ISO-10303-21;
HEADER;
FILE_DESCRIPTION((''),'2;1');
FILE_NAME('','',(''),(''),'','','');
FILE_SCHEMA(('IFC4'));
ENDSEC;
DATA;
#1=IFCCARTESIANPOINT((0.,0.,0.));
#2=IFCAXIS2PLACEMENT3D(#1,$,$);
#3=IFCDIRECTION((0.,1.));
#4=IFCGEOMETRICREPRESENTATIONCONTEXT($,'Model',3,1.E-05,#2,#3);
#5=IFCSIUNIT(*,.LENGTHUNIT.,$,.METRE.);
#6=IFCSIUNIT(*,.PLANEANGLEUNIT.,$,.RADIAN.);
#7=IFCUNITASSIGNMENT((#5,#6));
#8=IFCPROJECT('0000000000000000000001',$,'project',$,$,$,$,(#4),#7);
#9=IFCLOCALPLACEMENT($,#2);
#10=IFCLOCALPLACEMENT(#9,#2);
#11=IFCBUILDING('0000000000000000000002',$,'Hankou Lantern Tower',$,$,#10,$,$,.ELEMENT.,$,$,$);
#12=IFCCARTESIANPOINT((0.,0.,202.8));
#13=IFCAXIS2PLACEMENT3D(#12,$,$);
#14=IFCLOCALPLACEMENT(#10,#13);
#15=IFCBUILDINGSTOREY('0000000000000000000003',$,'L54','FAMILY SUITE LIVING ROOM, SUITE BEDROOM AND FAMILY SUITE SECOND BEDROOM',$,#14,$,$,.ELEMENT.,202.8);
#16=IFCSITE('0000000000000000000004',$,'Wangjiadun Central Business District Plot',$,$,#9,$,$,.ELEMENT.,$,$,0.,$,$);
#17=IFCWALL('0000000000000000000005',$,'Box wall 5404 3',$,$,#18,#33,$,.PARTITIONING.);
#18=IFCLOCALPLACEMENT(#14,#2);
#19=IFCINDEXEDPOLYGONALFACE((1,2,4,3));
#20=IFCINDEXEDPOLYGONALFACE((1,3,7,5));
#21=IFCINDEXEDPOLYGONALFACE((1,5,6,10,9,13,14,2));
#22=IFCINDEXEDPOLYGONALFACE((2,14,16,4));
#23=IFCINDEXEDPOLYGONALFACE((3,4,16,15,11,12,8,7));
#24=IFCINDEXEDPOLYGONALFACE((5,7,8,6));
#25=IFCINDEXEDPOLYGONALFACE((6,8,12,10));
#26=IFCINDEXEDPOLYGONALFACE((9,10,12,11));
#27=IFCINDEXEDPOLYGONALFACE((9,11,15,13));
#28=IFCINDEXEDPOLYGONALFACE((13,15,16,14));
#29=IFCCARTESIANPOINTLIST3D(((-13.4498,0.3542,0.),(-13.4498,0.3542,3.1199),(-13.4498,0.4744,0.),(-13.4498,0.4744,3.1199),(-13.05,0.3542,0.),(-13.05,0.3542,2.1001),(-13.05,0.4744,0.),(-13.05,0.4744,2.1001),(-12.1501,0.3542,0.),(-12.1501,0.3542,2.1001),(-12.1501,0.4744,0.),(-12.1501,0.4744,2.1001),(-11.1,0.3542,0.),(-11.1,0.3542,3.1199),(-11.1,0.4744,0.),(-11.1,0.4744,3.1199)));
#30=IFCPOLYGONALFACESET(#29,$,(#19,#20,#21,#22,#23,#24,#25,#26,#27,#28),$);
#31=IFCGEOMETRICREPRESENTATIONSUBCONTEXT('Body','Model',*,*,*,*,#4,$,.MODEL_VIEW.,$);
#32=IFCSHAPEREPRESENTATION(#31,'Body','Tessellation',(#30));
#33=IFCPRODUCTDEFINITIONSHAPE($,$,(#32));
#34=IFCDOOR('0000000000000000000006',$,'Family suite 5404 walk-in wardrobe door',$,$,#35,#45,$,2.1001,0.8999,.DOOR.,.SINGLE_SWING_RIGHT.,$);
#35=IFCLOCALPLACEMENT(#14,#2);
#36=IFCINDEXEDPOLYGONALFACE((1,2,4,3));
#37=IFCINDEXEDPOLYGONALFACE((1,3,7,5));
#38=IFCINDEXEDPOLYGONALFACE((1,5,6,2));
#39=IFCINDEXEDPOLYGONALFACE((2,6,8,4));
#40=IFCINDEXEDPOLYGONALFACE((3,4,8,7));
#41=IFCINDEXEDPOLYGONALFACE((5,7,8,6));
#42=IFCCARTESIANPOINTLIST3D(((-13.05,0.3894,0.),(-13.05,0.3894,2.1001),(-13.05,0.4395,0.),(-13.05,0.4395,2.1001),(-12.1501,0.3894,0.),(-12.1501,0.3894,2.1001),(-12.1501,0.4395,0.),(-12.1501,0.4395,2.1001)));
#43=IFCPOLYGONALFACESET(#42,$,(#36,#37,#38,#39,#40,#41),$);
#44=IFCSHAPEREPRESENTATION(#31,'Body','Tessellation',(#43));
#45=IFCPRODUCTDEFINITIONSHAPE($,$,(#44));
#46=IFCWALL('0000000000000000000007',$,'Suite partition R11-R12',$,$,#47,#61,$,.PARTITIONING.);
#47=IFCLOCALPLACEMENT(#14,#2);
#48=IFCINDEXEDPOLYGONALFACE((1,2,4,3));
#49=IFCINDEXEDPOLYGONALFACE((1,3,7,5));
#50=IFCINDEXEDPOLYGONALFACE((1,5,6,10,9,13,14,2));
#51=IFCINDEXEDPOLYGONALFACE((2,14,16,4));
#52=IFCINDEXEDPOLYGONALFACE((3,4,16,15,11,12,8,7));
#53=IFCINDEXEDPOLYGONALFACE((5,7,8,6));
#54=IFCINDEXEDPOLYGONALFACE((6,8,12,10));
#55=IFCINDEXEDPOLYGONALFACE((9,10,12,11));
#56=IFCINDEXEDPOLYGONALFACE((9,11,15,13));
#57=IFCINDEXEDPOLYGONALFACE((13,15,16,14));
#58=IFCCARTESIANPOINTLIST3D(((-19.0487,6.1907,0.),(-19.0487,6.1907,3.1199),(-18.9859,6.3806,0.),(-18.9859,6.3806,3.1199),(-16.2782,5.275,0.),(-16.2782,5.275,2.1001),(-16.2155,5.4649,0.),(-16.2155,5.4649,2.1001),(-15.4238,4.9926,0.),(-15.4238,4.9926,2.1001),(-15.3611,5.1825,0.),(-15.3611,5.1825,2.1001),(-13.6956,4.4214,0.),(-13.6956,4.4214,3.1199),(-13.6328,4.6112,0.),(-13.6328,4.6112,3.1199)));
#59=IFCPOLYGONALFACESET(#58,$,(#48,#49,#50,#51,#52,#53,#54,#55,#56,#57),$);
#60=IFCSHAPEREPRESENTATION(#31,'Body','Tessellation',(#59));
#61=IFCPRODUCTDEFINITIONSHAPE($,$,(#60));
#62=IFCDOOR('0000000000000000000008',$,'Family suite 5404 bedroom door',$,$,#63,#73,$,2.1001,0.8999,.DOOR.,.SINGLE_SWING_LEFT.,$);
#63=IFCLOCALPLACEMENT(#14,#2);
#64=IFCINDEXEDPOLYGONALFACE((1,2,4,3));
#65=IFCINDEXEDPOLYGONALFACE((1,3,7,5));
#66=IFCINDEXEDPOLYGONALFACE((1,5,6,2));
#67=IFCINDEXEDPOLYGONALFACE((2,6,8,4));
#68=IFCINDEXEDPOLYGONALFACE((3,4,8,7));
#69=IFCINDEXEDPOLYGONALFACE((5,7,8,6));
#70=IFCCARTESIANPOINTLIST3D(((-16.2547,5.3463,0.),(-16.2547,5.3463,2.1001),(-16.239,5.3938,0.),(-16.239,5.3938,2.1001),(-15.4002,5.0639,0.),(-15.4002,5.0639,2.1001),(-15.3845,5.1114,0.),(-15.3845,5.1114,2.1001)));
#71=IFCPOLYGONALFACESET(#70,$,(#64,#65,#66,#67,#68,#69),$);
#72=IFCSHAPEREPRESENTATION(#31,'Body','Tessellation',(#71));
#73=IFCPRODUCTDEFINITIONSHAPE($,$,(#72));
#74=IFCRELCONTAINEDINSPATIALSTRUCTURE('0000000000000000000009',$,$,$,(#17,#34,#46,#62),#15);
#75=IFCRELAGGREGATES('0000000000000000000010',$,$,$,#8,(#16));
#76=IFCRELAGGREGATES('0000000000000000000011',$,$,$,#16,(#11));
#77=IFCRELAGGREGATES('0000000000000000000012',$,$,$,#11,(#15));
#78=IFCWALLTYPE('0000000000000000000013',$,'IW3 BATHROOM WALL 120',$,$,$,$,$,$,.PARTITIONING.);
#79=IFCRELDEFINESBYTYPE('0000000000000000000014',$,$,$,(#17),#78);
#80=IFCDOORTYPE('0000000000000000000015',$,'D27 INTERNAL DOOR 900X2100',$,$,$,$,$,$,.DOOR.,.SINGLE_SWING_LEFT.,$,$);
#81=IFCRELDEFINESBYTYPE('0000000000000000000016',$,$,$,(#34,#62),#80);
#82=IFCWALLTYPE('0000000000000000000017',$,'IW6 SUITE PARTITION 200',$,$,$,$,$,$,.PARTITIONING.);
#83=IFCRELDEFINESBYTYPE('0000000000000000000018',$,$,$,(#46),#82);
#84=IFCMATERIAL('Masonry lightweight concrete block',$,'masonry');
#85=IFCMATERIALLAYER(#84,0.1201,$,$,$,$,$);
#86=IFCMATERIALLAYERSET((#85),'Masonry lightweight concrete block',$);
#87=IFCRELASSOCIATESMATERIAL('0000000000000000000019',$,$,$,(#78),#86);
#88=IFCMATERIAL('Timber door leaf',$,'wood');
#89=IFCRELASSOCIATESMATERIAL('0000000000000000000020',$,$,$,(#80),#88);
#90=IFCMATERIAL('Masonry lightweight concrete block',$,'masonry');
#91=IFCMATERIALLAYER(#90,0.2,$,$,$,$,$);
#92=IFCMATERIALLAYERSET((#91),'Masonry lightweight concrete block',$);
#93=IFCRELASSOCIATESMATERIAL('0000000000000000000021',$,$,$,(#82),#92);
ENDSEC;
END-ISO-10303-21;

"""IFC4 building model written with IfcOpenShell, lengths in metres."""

from ifc_helpers import new_model, si_unit, direction, frame, frame_2d, origin, place, context, subcontext, project, spatial, rectangle, extrude, material, layer, layer_set, type_object, element, fill, save


model = new_model("IFC4")

# Units and contexts
model_context = context("Model", 3, precision=1e-05, world=origin(), true_north=direction((0.0, 1.0)))
body_context = subcontext(model_context, "Body", "Model", "MODEL_VIEW")
ifc_project = project(units=[si_unit("LENGTHUNIT", "METRE"), si_unit("PLANEANGLEUNIT", "RADIAN")], contexts=[model_context])

# Site, building, storey
site_placement = place(None, origin())
site = spatial("IfcSite", under=ifc_project, at=site_placement, Name="Wangjiadun Central Business District Plot", CompositionType="ELEMENT", RefElevation=0.0)
building_placement = place(site_placement, origin())
building = spatial("IfcBuilding", under=site, at=building_placement, Name="Hankou Lantern Tower", CompositionType="ELEMENT")
storey_placement = place(building_placement, frame((0.0, 0.0, 202.8)))
storey = spatial("IfcBuildingStorey", under=building, at=storey_placement, Name="L54", Description="FAMILY SUITE LIVING ROOM, SUITE BEDROOM AND FAMILY SUITE SECOND BEDROOM", CompositionType="ELEMENT", Elevation=202.8)

# Shared definitions
ifc_material_1 = material(Name="Masonry lightweight concrete block", Category="masonry")
ifc_layer_1 = layer(ifc_material_1, 0.1201)
ifc_layer_set_1 = layer_set([ifc_layer_1], Name="Masonry lightweight concrete block")
wall_type_1 = type_object("IfcWallType", Name="IW3 BATHROOM WALL 120", PredefinedType="PARTITIONING", material=ifc_layer_set_1)

# Walls, openings, doors
wall_1_placement = place(storey_placement, frame((-11.1001, 0.4143, 0.0), z_axis=(0.0, 0.0, 1.0), x_axis=(-1.0, 0.0, 0.0)))
wall_1 = element("IfcWall", 1, at=wall_1_placement, inside=storey, type_object=wall_type_1, Name="Box wall 5404 3", PredefinedType="PARTITIONING", context=body_context, shape_type="SweptSolid", body=[
    extrude(rectangle(XDim=2.3499, YDim=0.1201, at=frame_2d((1.1748, 0.0))), origin(), (0.0, 0.0, 1.0), 3.1199),
])
opening_1_placement = place(wall_1_placement, frame((1.05, 0.0, 0.0)))
opening_1 = element("IfcOpeningElement", 2, at=opening_1_placement, cuts=wall_1, PredefinedType="OPENING", context=body_context, shape_type="SweptSolid", body=[
    extrude(rectangle(XDim=0.8999, YDim=2.1001, at=frame_2d((0.45, 1.05))), frame((0.0, 0.0701, 0.0), z_axis=(0.0, -1.0, 0.0), x_axis=(1.0, 0.0, 0.0)), (0.0, 0.0, 1.0), 0.1401),
])
ifc_material_2 = material(Name="Timber door leaf", Category="wood")
door_type_1 = type_object("IfcDoorType", Name="D27 INTERNAL DOOR 900X2100", OperationType="SINGLE_SWING_LEFT", PredefinedType="DOOR", material=ifc_material_2)
door_1_placement = place(opening_1_placement, origin())
door_1 = element("IfcDoor", 3, at=door_1_placement, inside=storey, type_object=door_type_1, Name="Family suite 5404 walk-in wardrobe door", OperationType="SINGLE_SWING_RIGHT", OverallHeight=2.1001, OverallWidth=0.8999, PredefinedType="DOOR", context=body_context, shape_type="SweptSolid", body=[
    extrude(rectangle(XDim=0.8999, YDim=2.1001, at=frame_2d((0.45, 1.05))), frame((0.0, 0.0249, 0.0), z_axis=(0.0, -1.0, 0.0), x_axis=(1.0, 0.0, 0.0)), (0.0, 0.0, 1.0), 0.05),
])
fill(opening_1, door_1)
ifc_material_3 = material(Name="Masonry lightweight concrete block", Category="masonry")
ifc_layer_2 = layer(ifc_material_3, 0.2)
ifc_layer_set_2 = layer_set([ifc_layer_2], Name="Masonry lightweight concrete block")
wall_type_2 = type_object("IfcWallType", Name="IW6 SUITE PARTITION 200", PredefinedType="PARTITIONING", material=ifc_layer_set_2)
wall_2_placement = place(storey_placement, frame((-13.6643, 4.5164, 0.0), z_axis=(0.0, 0.0, 1.0), x_axis=(-0.949481, 0.313823, 0.0)))
wall_2 = element("IfcWall", 4, at=wall_2_placement, inside=storey, type_object=wall_type_2, Name="Suite partition R11-R12", PredefinedType="PARTITIONING", context=body_context, shape_type="SweptSolid", body=[
    extrude(rectangle(XDim=5.6379, YDim=0.2, at=frame_2d((2.8188, 0.0))), origin(), (0.0, 0.0, 1.0), 3.1199),
])
opening_2_placement = place(wall_2_placement, frame((1.8201, 0.0, 0.0)))
opening_2 = element("IfcOpeningElement", 5, at=opening_2_placement, cuts=wall_2, PredefinedType="OPENING", context=body_context, shape_type="SweptSolid", body=[
    extrude(rectangle(XDim=0.8999, YDim=2.1001, at=frame_2d((0.45, 1.05))), frame((0.0, 0.1099, 0.0), z_axis=(0.0, -1.0, 0.0), x_axis=(1.0, 0.0, 0.0)), (0.0, 0.0, 1.0), 0.22),
])
door_2_placement = place(opening_2_placement, origin())
door_2 = element("IfcDoor", 6, at=door_2_placement, inside=storey, type_object=door_type_1, Name="Family suite 5404 bedroom door", OperationType="SINGLE_SWING_LEFT", OverallHeight=2.1001, OverallWidth=0.8999, PredefinedType="DOOR", context=body_context, shape_type="SweptSolid", body=[
    extrude(rectangle(XDim=0.8999, YDim=2.1001, at=frame_2d((0.45, 1.05))), frame((0.0, 0.0249, 0.0), z_axis=(0.0, -1.0, 0.0), x_axis=(1.0, 0.0, 0.0)), (0.0, 0.0, 1.0), 0.05),
])
fill(opening_2, door_2)

save(model, "model.ifc")
